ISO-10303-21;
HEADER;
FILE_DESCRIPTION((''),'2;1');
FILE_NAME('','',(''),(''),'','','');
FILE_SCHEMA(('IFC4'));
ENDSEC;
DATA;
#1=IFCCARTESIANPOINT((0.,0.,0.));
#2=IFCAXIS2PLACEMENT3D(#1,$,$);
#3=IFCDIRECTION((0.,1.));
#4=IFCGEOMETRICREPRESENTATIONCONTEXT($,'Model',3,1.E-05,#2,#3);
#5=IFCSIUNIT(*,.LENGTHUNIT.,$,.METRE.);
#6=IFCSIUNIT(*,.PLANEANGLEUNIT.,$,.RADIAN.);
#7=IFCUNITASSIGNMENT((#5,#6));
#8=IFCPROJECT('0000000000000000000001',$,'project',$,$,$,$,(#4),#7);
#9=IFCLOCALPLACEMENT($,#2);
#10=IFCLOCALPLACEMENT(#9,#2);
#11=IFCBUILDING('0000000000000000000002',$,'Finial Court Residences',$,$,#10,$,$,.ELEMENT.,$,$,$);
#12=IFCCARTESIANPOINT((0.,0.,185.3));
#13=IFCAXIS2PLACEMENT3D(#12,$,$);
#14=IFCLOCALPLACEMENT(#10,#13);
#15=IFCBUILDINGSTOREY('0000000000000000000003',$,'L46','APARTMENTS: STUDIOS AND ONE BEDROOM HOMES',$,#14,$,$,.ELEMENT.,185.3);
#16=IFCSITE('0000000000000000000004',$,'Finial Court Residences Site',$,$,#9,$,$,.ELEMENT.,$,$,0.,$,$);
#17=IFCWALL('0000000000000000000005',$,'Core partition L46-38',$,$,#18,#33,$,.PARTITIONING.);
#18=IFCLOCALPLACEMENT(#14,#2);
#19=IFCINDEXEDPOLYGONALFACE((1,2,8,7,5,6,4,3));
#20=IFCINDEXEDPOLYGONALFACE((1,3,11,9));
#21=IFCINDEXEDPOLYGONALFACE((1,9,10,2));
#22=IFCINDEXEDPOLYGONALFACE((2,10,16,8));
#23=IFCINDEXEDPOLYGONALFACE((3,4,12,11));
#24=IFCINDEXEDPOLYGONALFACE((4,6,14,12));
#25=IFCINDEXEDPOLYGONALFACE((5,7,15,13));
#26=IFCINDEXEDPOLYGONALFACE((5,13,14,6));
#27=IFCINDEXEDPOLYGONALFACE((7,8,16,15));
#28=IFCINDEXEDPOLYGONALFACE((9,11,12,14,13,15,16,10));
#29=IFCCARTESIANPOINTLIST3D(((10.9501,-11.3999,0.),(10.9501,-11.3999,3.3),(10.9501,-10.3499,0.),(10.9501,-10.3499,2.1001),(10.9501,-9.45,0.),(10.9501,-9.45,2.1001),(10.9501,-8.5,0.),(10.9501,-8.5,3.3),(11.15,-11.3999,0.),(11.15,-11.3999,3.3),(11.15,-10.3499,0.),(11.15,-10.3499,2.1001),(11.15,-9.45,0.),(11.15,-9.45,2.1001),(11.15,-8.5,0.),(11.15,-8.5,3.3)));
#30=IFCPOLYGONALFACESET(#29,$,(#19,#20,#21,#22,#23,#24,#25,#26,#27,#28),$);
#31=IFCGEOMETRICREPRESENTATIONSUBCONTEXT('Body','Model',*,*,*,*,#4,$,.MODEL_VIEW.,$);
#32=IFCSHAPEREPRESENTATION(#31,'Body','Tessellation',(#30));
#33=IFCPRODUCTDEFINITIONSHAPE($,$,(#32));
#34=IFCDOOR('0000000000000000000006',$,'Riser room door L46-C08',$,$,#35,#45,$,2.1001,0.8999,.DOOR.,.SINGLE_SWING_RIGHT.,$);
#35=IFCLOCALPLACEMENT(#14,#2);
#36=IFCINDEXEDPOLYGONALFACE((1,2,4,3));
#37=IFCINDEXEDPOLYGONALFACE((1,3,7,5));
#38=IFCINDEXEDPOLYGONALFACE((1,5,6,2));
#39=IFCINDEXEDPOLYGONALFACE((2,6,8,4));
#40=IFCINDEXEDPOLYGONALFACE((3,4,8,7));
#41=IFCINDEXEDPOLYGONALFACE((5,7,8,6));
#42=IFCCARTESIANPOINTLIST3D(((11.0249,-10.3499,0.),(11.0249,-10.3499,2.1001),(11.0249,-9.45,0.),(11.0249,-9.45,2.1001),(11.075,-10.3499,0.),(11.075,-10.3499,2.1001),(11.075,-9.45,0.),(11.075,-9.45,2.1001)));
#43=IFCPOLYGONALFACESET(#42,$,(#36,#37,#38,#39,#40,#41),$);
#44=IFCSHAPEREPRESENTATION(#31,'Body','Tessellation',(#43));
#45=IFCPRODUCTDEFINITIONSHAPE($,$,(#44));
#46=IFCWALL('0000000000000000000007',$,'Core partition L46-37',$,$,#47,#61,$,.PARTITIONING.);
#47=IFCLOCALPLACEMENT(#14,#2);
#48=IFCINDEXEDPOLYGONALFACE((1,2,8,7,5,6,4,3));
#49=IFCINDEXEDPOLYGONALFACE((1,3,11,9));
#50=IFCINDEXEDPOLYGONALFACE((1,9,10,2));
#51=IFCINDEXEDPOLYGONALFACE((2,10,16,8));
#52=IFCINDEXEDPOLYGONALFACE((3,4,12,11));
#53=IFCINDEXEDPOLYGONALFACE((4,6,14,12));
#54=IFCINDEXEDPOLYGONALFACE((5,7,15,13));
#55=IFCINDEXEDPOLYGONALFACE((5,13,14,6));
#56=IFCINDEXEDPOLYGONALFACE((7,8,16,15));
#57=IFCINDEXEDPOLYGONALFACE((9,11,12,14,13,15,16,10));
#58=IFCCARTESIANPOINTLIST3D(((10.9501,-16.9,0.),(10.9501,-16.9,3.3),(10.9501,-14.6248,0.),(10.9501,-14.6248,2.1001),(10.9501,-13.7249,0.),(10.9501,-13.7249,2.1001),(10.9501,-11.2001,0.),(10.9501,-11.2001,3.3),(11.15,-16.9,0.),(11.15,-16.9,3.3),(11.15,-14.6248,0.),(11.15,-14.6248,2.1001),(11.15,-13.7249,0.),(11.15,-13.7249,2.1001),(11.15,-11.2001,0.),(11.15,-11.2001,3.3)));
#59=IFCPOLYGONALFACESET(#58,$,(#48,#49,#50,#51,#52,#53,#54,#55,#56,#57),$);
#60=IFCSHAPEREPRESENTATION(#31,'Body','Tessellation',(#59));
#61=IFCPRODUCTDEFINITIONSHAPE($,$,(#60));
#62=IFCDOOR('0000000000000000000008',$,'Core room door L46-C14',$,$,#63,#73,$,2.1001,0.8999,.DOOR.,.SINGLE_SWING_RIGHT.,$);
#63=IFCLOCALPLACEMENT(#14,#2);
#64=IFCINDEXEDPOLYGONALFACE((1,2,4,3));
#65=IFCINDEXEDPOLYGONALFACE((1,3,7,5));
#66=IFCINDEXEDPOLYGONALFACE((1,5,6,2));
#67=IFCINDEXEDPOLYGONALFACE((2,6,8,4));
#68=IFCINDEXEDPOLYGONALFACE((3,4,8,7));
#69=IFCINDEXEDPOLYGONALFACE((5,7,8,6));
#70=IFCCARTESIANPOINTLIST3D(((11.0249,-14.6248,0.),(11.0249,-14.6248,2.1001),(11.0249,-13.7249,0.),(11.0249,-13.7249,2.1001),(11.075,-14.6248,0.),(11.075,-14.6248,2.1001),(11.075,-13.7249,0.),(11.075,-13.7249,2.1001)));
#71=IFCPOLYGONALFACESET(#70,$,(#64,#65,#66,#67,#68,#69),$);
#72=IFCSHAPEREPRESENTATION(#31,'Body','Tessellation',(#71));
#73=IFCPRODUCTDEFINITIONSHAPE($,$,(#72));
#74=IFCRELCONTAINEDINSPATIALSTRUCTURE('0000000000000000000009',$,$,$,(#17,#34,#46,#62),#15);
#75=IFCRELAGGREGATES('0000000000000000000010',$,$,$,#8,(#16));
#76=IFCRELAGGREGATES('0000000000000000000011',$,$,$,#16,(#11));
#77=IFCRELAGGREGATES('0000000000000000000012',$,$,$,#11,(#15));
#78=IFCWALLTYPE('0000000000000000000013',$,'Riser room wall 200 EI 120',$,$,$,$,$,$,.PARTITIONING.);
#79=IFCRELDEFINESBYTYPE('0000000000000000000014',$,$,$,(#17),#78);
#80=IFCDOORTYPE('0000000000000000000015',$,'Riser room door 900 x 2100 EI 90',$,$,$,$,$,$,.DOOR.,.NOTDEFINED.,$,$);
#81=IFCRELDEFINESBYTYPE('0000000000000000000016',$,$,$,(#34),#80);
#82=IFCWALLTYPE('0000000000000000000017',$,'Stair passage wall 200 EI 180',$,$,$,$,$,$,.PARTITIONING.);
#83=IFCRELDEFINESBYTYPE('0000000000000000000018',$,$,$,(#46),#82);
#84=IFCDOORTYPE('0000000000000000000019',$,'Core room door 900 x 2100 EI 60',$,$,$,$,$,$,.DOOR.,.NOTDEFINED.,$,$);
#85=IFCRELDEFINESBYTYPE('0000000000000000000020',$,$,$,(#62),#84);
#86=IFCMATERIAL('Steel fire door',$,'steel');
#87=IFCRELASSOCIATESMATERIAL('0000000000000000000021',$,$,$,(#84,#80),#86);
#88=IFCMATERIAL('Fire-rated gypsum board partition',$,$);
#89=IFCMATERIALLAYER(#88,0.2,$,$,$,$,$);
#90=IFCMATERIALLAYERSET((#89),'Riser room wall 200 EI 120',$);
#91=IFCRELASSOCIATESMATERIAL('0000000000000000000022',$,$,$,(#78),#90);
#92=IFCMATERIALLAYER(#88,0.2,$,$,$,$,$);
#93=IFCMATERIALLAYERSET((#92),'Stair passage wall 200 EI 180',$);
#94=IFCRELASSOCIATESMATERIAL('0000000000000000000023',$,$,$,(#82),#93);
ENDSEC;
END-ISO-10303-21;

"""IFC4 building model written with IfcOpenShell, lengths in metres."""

from ifc_helpers import new_model, si_unit, direction, frame, frame_2d, origin, place, context, subcontext, project, spatial, rectangle, extrude, material, layer, layer_set, type_object, element, fill, save


model = new_model("IFC4")

# Units and contexts
model_context = context("Model", 3, precision=1e-05, world=origin(), true_north=direction((0.0, 1.0)))
body_context = subcontext(model_context, "Body", "Model", "MODEL_VIEW")
ifc_project = project(units=[si_unit("LENGTHUNIT", "METRE"), si_unit("PLANEANGLEUNIT", "RADIAN")], contexts=[model_context])

# Site, building, storey
site_placement = place(None, origin())
site = spatial("IfcSite", under=ifc_project, at=site_placement, Name="Finial Court Residences Site", CompositionType="ELEMENT", RefElevation=0.0)
building_placement = place(site_placement, origin())
building = spatial("IfcBuilding", under=site, at=building_placement, Name="Finial Court Residences", CompositionType="ELEMENT")
storey_placement = place(building_placement, frame((0.0, 0.0, 185.3)))
storey = spatial("IfcBuildingStorey", under=building, at=storey_placement, Name="L46", Description="APARTMENTS: STUDIOS AND ONE BEDROOM HOMES", CompositionType="ELEMENT", Elevation=185.3)

# Shared definitions
ifc_material_1 = material(Name="Fire-rated gypsum board partition")

# Shared definitions
ifc_material_2 = material(Name="Steel fire door", Category="steel")
door_type_1 = type_object("IfcDoorType", Name="Core room door 900 x 2100 EI 60", OperationType="NOTDEFINED", PredefinedType="DOOR", material=ifc_material_2)

# Shared definitions
ifc_layer_1 = layer(ifc_material_1, 0.2)
ifc_layer_set_1 = layer_set([ifc_layer_1], Name="Riser room wall 200 EI 120")
wall_type_1 = type_object("IfcWallType", Name="Riser room wall 200 EI 120", PredefinedType="PARTITIONING", material=ifc_layer_set_1)

# Walls, openings, doors
wall_1_placement = place(storey_placement, frame((11.05, -8.5, 0.0), z_axis=(0.0, 0.0, 1.0), x_axis=(0.0, -1.0, 0.0)))
wall_1 = element("IfcWall", 1, at=wall_1_placement, inside=storey, type_object=wall_type_1, Name="Core partition L46-38", PredefinedType="PARTITIONING", context=body_context, shape_type="SweptSolid", body=[
    extrude(rectangle(XDim=2.8999, YDim=0.2, at=frame_2d((1.45, 0.0))), origin(), (0.0, 0.0, 1.0), 3.3),
])
opening_1_placement = place(wall_1_placement, frame((0.95, 0.0, 0.0)))
opening_1 = element("IfcOpeningElement", 2, at=opening_1_placement, cuts=wall_1, PredefinedType="OPENING", context=body_context, shape_type="SweptSolid", body=[
    extrude(rectangle(XDim=0.8999, YDim=2.1001, at=frame_2d((0.45, 1.05))), frame((0.0, 0.1099, 0.0), z_axis=(0.0, -1.0, 0.0), x_axis=(1.0, 0.0, 0.0)), (0.0, 0.0, 1.0), 0.22),
])
door_type_2 = type_object("IfcDoorType", Name="Riser room door 900 x 2100 EI 90", OperationType="NOTDEFINED", PredefinedType="DOOR", material=ifc_material_2)
door_1_placement = place(opening_1_placement, origin())
door_1 = element("IfcDoor", 3, at=door_1_placement, inside=storey, type_object=door_type_2, Name="Riser room door L46-C08", OperationType="SINGLE_SWING_RIGHT", OverallHeight=2.1001, OverallWidth=0.8999, PredefinedType="DOOR", context=body_context, shape_type="SweptSolid", body=[
    extrude(rectangle(XDim=0.8999, YDim=2.1001, at=frame_2d((0.45, 1.05))), frame((0.0, 0.0249, 0.0), z_axis=(0.0, -1.0, 0.0), x_axis=(1.0, 0.0, 0.0)), (0.0, 0.0, 1.0), 0.05),
])
fill(opening_1, door_1)
ifc_layer_2 = layer(ifc_material_1, 0.2)
ifc_layer_set_2 = layer_set([ifc_layer_2], Name="Stair passage wall 200 EI 180")
wall_type_2 = type_object("IfcWallType", Name="Stair passage wall 200 EI 180", PredefinedType="PARTITIONING", material=ifc_layer_set_2)
wall_2_placement = place(storey_placement, frame((11.05, -11.2, 0.0), z_axis=(0.0, 0.0, 1.0), x_axis=(0.0, -1.0, 0.0)))
wall_2 = element("IfcWall", 4, at=wall_2_placement, inside=storey, type_object=wall_type_2, Name="Core partition L46-37", PredefinedType="PARTITIONING", context=body_context, shape_type="SweptSolid", body=[
    extrude(rectangle(XDim=5.7, YDim=0.2, at=frame_2d((2.8501, 0.0))), origin(), (0.0, 0.0, 1.0), 3.3),
])
opening_2_placement = place(wall_2_placement, frame((2.5249, 0.0, 0.0)))
opening_2 = element("IfcOpeningElement", 5, at=opening_2_placement, cuts=wall_2, PredefinedType="OPENING", context=body_context, shape_type="SweptSolid", body=[
    extrude(rectangle(XDim=0.8999, YDim=2.1001, at=frame_2d((0.45, 1.05))), frame((0.0, 0.1099, 0.0), z_axis=(0.0, -1.0, 0.0), x_axis=(1.0, 0.0, 0.0)), (0.0, 0.0, 1.0), 0.22),
])
door_2_placement = place(opening_2_placement, origin())
door_2 = element("IfcDoor", 6, at=door_2_placement, inside=storey, type_object=door_type_1, Name="Core room door L46-C14", OperationType="SINGLE_SWING_RIGHT", OverallHeight=2.1001, OverallWidth=0.8999, PredefinedType="DOOR", context=body_context, shape_type="SweptSolid", body=[
    extrude(rectangle(XDim=0.8999, YDim=2.1001, at=frame_2d((0.45, 1.05))), frame((0.0, 0.0249, 0.0), z_axis=(0.0, -1.0, 0.0), x_axis=(1.0, 0.0, 0.0)), (0.0, 0.0, 1.0), 0.05),
])
fill(opening_2, door_2)

save(model, "model.ifc")
